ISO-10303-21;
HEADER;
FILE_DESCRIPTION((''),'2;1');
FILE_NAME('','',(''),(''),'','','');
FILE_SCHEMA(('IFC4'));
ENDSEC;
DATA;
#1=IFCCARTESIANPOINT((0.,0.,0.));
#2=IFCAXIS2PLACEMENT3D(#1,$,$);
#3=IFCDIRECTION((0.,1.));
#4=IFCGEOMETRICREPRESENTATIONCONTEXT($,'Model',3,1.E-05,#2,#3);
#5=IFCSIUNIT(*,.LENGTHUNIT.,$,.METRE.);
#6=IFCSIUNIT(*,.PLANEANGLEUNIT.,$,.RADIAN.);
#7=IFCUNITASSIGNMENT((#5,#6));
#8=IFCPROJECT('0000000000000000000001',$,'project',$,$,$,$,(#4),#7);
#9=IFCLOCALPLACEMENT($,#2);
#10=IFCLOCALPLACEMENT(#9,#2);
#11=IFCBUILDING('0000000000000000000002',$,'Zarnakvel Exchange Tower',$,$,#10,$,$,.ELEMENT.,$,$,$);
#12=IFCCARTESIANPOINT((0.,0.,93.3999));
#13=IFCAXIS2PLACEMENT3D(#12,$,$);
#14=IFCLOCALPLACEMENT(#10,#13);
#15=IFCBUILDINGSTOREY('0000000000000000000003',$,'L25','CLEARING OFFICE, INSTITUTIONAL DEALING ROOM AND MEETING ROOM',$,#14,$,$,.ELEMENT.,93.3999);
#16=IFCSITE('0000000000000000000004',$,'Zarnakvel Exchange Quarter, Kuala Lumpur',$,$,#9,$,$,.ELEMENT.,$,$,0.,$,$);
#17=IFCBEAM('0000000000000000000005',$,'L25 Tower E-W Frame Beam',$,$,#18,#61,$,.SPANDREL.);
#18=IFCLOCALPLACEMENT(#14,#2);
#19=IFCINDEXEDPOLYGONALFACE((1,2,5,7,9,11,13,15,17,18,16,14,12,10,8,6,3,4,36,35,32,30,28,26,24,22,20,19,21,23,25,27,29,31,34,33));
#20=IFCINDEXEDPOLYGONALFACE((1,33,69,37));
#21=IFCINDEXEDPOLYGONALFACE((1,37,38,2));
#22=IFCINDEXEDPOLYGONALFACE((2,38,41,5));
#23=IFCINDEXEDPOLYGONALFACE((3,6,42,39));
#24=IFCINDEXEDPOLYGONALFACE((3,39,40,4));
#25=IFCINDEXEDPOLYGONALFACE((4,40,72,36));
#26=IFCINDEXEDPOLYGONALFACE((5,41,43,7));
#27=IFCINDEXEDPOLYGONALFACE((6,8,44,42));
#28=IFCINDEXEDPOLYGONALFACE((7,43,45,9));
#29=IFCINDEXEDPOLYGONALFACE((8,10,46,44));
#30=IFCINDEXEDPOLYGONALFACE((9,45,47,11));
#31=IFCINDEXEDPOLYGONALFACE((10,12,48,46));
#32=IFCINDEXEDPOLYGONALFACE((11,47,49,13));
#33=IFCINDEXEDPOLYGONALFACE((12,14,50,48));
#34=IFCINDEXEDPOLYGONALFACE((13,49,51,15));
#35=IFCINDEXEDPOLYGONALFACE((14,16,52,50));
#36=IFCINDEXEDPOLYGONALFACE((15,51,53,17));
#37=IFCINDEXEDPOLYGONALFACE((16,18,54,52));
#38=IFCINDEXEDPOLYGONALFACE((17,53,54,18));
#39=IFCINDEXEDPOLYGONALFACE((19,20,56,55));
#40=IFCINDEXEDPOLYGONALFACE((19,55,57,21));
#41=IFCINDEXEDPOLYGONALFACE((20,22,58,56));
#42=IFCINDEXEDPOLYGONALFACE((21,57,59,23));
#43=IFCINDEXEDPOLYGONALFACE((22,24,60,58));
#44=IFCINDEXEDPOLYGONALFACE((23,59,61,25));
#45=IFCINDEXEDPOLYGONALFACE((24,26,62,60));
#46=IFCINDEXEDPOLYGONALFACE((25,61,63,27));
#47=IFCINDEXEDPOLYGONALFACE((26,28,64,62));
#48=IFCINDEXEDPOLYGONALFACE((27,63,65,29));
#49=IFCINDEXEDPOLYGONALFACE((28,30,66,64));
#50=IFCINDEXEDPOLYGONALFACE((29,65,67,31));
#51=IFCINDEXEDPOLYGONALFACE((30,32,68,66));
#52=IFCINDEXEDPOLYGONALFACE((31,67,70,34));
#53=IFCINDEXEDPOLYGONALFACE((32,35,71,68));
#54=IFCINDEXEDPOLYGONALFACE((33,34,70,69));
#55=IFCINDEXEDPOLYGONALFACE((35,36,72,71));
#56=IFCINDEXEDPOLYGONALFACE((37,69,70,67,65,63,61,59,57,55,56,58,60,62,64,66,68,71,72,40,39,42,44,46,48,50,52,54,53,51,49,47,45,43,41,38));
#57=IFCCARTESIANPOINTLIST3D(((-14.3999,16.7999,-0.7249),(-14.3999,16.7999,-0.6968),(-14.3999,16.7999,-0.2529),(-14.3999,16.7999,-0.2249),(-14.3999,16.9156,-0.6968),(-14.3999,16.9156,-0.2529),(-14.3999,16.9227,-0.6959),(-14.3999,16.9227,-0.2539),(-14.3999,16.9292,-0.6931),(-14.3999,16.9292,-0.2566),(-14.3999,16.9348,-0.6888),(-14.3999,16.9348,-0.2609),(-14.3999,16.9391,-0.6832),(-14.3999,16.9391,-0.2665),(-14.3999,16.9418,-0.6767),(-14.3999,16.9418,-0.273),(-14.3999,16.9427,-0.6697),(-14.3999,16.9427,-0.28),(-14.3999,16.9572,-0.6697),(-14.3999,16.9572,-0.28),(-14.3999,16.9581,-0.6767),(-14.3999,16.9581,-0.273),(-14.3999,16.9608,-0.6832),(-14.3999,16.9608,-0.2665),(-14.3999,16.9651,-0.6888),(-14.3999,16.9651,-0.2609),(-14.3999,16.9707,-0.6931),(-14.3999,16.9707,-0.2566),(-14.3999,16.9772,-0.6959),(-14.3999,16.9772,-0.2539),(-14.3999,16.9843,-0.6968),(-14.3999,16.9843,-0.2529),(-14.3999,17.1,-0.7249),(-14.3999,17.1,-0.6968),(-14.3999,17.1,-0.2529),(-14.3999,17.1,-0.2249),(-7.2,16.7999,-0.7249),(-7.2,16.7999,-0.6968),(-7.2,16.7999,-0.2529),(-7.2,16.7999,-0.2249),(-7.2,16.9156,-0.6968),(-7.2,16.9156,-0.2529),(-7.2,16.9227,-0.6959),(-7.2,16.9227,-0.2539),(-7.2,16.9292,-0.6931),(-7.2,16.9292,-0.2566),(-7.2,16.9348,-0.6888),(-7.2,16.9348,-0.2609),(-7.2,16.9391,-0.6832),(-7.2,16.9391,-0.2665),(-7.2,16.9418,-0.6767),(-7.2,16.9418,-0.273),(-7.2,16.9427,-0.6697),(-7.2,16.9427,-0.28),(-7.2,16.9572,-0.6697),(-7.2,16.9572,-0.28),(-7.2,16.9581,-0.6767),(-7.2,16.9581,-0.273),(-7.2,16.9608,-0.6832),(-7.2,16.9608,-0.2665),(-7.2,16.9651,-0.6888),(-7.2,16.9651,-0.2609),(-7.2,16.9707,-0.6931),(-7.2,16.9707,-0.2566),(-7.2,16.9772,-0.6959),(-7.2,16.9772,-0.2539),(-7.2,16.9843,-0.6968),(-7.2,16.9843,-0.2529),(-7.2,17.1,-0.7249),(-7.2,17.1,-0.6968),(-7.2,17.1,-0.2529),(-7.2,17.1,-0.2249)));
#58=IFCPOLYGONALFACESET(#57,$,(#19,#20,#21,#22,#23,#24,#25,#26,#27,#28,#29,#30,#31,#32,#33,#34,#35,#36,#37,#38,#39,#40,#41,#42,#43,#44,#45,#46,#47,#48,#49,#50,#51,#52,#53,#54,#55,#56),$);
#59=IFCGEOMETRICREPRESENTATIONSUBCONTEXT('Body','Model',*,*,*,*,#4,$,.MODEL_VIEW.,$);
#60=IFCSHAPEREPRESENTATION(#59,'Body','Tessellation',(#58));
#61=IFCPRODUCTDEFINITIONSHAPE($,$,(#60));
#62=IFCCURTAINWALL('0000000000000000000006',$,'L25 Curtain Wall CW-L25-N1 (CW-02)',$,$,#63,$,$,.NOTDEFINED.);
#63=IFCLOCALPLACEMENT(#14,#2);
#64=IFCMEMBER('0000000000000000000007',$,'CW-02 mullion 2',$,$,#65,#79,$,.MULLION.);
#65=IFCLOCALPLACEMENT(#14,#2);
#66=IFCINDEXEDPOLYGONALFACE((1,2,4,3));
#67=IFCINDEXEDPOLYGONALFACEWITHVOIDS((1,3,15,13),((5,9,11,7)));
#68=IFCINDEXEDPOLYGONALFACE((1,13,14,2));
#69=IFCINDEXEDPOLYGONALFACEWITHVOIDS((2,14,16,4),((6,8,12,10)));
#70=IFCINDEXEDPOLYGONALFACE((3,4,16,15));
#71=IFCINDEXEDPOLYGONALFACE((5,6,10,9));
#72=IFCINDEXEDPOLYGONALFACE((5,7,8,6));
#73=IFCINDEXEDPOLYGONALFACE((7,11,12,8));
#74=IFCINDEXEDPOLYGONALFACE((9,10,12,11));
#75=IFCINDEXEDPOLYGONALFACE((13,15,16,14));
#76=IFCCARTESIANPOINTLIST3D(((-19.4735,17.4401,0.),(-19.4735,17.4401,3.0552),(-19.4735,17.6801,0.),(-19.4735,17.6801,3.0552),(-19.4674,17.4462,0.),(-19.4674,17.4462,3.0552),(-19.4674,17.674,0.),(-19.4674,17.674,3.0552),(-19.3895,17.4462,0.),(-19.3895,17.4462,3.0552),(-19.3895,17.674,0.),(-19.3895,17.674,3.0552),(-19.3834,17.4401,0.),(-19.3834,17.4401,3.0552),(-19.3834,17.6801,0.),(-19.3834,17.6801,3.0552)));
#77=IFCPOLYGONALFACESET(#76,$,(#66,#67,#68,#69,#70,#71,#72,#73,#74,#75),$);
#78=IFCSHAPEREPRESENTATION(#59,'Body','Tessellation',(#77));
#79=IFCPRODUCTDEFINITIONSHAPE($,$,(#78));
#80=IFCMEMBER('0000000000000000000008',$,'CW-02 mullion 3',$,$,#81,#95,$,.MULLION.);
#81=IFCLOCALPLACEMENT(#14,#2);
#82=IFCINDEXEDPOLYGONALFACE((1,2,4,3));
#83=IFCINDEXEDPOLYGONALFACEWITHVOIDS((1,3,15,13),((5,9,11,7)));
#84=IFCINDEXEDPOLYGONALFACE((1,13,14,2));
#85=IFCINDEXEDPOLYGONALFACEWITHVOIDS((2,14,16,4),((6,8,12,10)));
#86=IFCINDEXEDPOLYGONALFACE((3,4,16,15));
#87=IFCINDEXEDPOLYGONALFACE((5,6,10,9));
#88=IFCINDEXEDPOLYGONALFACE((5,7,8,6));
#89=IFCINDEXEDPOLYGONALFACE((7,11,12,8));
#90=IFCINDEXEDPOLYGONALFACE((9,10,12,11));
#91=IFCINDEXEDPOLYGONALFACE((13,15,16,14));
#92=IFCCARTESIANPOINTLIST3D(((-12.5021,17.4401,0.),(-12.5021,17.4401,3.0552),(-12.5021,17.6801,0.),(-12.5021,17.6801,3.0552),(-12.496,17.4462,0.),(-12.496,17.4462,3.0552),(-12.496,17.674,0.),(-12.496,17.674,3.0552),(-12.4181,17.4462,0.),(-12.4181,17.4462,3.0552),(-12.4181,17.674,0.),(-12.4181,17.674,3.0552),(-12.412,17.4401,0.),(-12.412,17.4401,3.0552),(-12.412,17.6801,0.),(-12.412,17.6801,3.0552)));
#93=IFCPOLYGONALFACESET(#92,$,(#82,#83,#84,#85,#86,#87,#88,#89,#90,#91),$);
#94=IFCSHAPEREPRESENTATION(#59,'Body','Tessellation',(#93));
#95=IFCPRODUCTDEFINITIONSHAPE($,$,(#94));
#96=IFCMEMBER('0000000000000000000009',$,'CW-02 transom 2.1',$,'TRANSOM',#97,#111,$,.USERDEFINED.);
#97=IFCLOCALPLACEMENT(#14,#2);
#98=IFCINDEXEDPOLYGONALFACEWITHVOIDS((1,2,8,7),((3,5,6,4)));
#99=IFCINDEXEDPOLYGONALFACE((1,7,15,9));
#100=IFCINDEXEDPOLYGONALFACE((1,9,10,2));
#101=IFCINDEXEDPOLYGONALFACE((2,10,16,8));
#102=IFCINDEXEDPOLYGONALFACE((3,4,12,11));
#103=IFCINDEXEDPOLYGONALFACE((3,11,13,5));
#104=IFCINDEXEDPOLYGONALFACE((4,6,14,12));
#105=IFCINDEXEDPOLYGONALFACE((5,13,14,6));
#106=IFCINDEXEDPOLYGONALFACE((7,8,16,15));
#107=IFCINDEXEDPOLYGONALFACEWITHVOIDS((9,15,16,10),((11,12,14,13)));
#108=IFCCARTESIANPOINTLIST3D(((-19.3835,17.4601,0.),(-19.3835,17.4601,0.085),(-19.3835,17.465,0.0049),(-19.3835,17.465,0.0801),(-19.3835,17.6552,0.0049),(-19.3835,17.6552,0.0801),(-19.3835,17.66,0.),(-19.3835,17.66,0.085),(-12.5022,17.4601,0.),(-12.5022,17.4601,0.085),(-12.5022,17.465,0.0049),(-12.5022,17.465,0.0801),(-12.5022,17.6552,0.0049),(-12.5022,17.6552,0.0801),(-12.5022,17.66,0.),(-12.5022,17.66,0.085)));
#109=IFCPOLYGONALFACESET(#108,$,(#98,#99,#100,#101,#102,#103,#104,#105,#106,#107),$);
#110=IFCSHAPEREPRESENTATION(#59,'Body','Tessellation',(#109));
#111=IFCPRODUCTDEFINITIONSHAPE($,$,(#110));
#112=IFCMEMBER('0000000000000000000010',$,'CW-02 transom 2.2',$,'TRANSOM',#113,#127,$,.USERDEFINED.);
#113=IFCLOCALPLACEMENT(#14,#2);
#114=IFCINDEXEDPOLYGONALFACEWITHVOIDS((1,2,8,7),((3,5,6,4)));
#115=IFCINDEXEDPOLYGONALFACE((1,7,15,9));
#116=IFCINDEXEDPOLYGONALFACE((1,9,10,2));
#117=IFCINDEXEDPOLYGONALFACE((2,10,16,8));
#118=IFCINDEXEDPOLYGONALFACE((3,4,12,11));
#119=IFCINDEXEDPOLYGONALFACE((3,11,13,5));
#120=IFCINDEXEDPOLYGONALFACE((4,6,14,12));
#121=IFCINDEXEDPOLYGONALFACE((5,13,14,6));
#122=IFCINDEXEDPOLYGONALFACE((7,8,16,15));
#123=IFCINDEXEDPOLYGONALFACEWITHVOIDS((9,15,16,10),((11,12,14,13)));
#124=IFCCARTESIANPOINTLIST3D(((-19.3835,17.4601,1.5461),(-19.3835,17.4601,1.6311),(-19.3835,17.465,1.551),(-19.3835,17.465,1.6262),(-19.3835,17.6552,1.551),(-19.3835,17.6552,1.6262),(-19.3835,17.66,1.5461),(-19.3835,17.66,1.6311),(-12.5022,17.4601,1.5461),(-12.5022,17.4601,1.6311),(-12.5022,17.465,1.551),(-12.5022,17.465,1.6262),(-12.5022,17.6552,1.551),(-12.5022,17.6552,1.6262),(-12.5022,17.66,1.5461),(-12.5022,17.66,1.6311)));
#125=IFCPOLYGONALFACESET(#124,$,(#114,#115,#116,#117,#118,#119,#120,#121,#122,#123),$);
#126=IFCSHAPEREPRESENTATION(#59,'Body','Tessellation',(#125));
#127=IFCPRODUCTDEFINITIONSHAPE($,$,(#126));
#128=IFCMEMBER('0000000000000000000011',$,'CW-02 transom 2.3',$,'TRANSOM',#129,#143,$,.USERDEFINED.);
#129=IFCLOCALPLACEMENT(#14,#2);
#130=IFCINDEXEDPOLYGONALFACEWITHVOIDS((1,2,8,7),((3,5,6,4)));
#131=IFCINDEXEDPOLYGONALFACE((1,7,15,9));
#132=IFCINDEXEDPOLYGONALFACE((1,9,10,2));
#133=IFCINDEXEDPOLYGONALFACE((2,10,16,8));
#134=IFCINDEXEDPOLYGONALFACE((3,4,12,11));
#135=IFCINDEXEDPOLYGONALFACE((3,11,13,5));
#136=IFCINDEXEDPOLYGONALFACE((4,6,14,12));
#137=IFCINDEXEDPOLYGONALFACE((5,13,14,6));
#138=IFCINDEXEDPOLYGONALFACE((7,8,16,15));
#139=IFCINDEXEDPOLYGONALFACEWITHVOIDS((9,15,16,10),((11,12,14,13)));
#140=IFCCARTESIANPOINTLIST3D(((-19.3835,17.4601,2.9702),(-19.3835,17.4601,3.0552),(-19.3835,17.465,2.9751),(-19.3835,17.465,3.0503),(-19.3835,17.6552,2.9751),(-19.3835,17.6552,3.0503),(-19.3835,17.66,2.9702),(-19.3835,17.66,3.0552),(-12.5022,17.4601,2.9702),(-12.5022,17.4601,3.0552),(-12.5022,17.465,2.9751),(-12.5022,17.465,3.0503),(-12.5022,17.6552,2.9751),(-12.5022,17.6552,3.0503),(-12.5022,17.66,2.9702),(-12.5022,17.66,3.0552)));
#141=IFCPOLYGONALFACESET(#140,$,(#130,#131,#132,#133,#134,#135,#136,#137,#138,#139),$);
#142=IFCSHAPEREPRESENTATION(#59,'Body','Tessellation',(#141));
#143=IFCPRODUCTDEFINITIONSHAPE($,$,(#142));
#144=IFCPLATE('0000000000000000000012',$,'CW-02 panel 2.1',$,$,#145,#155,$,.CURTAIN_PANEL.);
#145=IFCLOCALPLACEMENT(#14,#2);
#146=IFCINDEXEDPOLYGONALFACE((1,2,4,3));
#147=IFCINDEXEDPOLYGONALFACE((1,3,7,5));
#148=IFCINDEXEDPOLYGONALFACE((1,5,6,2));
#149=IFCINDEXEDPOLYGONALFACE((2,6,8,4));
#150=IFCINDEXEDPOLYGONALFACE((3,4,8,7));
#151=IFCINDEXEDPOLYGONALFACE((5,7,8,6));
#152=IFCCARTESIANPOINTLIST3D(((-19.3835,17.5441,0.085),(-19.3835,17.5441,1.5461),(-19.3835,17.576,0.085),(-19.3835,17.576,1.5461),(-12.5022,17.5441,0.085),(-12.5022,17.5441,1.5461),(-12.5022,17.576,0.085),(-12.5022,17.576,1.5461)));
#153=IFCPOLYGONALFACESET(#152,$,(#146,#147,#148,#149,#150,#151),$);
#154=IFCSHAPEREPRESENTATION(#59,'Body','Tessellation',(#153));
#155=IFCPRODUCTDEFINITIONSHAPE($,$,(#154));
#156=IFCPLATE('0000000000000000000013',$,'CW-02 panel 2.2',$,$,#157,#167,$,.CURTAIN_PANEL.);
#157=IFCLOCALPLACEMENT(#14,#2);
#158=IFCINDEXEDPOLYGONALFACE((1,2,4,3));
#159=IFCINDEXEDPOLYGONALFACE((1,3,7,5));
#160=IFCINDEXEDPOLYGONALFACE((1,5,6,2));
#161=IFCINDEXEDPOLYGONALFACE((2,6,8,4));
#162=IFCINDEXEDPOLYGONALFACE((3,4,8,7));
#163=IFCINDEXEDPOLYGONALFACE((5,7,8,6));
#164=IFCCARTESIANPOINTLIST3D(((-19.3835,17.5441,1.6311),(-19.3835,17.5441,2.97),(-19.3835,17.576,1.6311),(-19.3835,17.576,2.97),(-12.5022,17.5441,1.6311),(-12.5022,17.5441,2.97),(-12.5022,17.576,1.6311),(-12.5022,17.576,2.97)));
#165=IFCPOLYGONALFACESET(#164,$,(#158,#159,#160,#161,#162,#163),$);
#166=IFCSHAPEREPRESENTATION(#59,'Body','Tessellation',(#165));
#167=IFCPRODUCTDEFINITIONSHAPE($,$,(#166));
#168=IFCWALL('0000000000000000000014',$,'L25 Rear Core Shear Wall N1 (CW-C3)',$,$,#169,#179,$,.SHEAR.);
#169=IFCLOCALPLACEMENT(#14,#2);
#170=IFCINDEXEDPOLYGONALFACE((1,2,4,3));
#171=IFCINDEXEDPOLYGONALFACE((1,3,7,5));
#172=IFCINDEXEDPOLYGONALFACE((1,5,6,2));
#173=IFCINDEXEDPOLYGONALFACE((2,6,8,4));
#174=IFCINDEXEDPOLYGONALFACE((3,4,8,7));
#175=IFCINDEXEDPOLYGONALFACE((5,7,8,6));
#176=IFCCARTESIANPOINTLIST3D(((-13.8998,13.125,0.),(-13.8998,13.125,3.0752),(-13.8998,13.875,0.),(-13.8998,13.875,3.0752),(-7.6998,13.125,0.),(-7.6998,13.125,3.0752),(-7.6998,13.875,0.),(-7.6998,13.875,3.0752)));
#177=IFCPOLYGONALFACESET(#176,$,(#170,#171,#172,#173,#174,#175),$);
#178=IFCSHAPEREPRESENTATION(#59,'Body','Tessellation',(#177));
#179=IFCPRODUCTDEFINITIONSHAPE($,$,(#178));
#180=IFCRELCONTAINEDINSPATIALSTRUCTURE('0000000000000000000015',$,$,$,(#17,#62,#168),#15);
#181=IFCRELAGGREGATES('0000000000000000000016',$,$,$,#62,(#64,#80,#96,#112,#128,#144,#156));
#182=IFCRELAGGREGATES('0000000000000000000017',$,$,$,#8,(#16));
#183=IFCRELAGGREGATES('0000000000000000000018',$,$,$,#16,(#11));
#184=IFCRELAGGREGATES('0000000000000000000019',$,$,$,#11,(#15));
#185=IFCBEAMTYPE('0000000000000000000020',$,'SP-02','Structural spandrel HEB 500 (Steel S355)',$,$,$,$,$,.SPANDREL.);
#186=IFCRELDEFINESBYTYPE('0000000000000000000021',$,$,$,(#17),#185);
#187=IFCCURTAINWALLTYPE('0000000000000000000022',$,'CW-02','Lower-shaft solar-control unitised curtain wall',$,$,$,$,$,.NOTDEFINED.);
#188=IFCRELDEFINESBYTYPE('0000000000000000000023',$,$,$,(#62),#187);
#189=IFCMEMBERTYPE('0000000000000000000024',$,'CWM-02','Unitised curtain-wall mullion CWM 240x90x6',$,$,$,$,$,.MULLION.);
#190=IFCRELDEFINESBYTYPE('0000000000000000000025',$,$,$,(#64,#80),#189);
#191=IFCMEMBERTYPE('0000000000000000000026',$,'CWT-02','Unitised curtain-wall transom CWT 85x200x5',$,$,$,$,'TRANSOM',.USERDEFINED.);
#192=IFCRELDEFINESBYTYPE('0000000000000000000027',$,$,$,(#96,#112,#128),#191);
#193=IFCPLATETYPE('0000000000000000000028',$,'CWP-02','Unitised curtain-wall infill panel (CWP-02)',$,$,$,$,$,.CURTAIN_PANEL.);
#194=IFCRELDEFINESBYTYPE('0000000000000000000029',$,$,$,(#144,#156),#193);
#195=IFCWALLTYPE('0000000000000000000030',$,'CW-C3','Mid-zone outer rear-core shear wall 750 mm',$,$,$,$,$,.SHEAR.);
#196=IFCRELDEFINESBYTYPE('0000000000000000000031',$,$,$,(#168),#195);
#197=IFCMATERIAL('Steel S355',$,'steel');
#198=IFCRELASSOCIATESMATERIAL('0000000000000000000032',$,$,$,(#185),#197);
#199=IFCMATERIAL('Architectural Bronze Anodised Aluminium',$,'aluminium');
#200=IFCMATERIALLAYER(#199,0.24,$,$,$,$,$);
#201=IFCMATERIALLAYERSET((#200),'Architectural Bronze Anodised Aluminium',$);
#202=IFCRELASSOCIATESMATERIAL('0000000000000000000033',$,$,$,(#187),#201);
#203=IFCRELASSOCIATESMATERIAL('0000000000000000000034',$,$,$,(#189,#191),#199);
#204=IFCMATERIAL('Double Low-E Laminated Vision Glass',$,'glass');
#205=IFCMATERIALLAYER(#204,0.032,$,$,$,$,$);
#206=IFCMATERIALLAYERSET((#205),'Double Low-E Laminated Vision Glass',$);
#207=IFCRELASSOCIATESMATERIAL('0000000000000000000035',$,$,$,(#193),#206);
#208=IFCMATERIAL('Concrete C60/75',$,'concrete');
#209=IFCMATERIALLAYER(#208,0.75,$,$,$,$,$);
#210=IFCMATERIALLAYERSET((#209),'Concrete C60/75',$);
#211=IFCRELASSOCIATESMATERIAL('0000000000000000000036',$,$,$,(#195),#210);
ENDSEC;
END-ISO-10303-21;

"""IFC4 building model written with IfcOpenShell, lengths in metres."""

from ifc_helpers import new_model, si_unit, direction, frame, frame_2d, origin, origin_2d, place, context, subcontext, project, spatial, rectangle, hollow_rectangle, i_section, extrude, source, transform, mapped, material, layer, layer_set, material_profile, profile_set, type_object, element, aggregate, save


model = new_model("IFC4")

# Units and contexts
model_context = context("Model", 3, precision=1e-05, world=origin(), true_north=direction((0.0, 1.0)))
body_context = subcontext(model_context, "Body", "Model", "MODEL_VIEW")
ifc_project = project(units=[si_unit("LENGTHUNIT", "METRE"), si_unit("PLANEANGLEUNIT", "RADIAN")], contexts=[model_context])

# Site, building, storey
site_placement = place(None, origin())
site = spatial("IfcSite", under=ifc_project, at=site_placement, Name="Zarnakvel Exchange Quarter, Kuala Lumpur", CompositionType="ELEMENT", RefElevation=0.0)
building_placement = place(site_placement, origin())
building = spatial("IfcBuilding", under=site, at=building_placement, Name="Zarnakvel Exchange Tower", CompositionType="ELEMENT")
storey_placement = place(building_placement, frame((0.0, 0.0, 93.3999)))
storey = spatial("IfcBuildingStorey", under=building, at=storey_placement, Name="L25", Description="CLEARING OFFICE, INSTITUTIONAL DEALING ROOM AND MEETING ROOM", CompositionType="ELEMENT", Elevation=93.3999)

# Shared definitions
ifc_material_1 = material(Name="Concrete C60/75", Category="concrete")

# Beam
ifc_material_2 = material(Name="Steel S355", Category="steel")
ifc_material_profile_1 = material_profile(ifc_material_2, i_section(OverallWidth=0.3, OverallDepth=0.5, WebThickness=0.0144, FlangeThickness=0.0281, FilletRadius=0.0271, at=origin_2d()))
ifc_profile_set_1 = profile_set([ifc_material_profile_1], Name="Steel S355")
beam_type_1 = type_object("IfcBeamType", Name="SP-02", Description="Structural spandrel HEB 500 (Steel S355)", PredefinedType="SPANDREL", material=ifc_profile_set_1)
beam_1_placement = place(storey_placement, frame((-14.3999, 16.95, -0.4749), z_axis=(1.0, 0.0, 0.0), x_axis=(0.0, 1.0, 0.0)))
element("IfcBeam", 1, at=beam_1_placement, inside=storey, type_object=beam_type_1, Name="L25 Tower E-W Frame Beam", PredefinedType="SPANDREL", context=body_context, shape_type="SweptSolid", body=[
    extrude(i_section(OverallWidth=0.3, OverallDepth=0.5, WebThickness=0.0144, FlangeThickness=0.0281, FilletRadius=0.0271, at=origin_2d()), origin(), (0.0, 0.0, 1.0), 7.2),
])

# Curtain wall, members, plates
ifc_material_3 = material(Name="Architectural Bronze Anodised Aluminium", Category="aluminium")
ifc_layer_1 = layer(ifc_material_3, 0.24)
ifc_layer_set_1 = layer_set([ifc_layer_1], Name="Architectural Bronze Anodised Aluminium")
curtain_wall_type = type_object("IfcCurtainWallType", Name="CW-02", Description="Lower-shaft solar-control unitised curtain wall", PredefinedType="NOTDEFINED", material=ifc_layer_set_1)
curtain_wall_placement = place(storey_placement, origin())
curtain_wall = element("IfcCurtainWall", 2, at=curtain_wall_placement, inside=storey, type_object=curtain_wall_type, Name="L25 Curtain Wall CW-L25-N1 (CW-02)", PredefinedType="NOTDEFINED")
ifc_material_profile_2 = material_profile(ifc_material_3, hollow_rectangle(XDim=0.24, YDim=0.0901, WallThickness=0.0061, at=origin_2d()))
ifc_profile_set_2 = profile_set([ifc_material_profile_2], Name="Architectural Bronze Anodised Aluminium")
member_type_1 = type_object("IfcMemberType", Name="CWM-02", Description="Unitised curtain-wall mullion CWM 240x90x6", PredefinedType="MULLION", material=ifc_profile_set_2)
shared_shape_1 = source(origin(), body_context, "Body", "SweptSolid", [
    extrude(hollow_rectangle(XDim=0.24, YDim=0.0901, WallThickness=0.0061, at=origin_2d()), origin(), (0.0, 0.0, 1.0), 3.0552),
])
member_1_placement = place(storey_placement, frame((-19.4285, 17.5601, 0.0), z_axis=(0.0, 0.0, 1.0), x_axis=(0.0, 1.0, 0.0)))
member_1 = element("IfcMember", 3, at=member_1_placement, type_object=member_type_1, Name="CW-02 mullion 2", PredefinedType="MULLION", context=body_context, shape_type="MappedRepresentation", body=[
    mapped(shared_shape_1, transform((0.0, 0.0, 0.0), x_axis=(1.0, 0.0, 0.0), y_axis=(0.0, 1.0, 0.0), z_axis=(0.0, 0.0, 1.0), scale=1.0)),
])
member_2_placement = place(storey_placement, frame((-12.457, 17.5601, 0.0), z_axis=(0.0, 0.0, 1.0), x_axis=(0.0, 1.0, 0.0)))
member_2 = element("IfcMember", 4, at=member_2_placement, type_object=member_type_1, Name="CW-02 mullion 3", PredefinedType="MULLION", context=body_context, shape_type="MappedRepresentation", body=[
    mapped(shared_shape_1, transform((0.0, 0.0, 0.0), x_axis=(1.0, 0.0, 0.0), y_axis=(0.0, 1.0, 0.0), z_axis=(0.0, 0.0, 1.0), scale=1.0)),
])
ifc_material_profile_3 = material_profile(ifc_material_3, hollow_rectangle(XDim=0.2, YDim=0.085, WallThickness=0.0049, at=origin_2d()))
ifc_profile_set_3 = profile_set([ifc_material_profile_3], Name="Architectural Bronze Anodised Aluminium")
member_type_2 = type_object("IfcMemberType", Name="CWT-02", Description="Unitised curtain-wall transom CWT 85x200x5", ElementType="TRANSOM", PredefinedType="USERDEFINED", material=ifc_profile_set_3)
shared_shape_2 = source(origin(), body_context, "Body", "SweptSolid", [
    extrude(hollow_rectangle(XDim=0.2, YDim=0.085, WallThickness=0.0049, at=origin_2d()), origin(), (0.0, 0.0, 1.0), 6.8813),
])
member_3_placement = place(storey_placement, frame((-19.3835, 17.5601, 0.0425), z_axis=(1.0, 0.0, 0.0), x_axis=(0.0, 1.0, 0.0)))
member_3 = element("IfcMember", 5, at=member_3_placement, type_object=member_type_2, Name="CW-02 transom 2.1", ObjectType="TRANSOM", PredefinedType="USERDEFINED", context=body_context, shape_type="MappedRepresentation", body=[
    mapped(shared_shape_2, transform((0.0, 0.0, 0.0), x_axis=(1.0, 0.0, 0.0), y_axis=(0.0, 1.0, 0.0), z_axis=(0.0, 0.0, 1.0), scale=1.0)),
])
member_4_placement = place(storey_placement, frame((-19.3835, 17.5601, 1.5886), z_axis=(1.0, 0.0, 0.0), x_axis=(0.0, 1.0, 0.0)))
member_4 = element("IfcMember", 6, at=member_4_placement, type_object=member_type_2, Name="CW-02 transom 2.2", ObjectType="TRANSOM", PredefinedType="USERDEFINED", context=body_context, shape_type="MappedRepresentation", body=[
    mapped(shared_shape_2, transform((0.0, 0.0, 0.0), x_axis=(1.0, 0.0, 0.0), y_axis=(0.0, 1.0, 0.0), z_axis=(0.0, 0.0, 1.0), scale=1.0)),
])
member_5_placement = place(storey_placement, frame((-19.3835, 17.5601, 3.0127), z_axis=(1.0, 0.0, 0.0), x_axis=(0.0, 1.0, 0.0)))
member_5 = element("IfcMember", 7, at=member_5_placement, type_object=member_type_2, Name="CW-02 transom 2.3", ObjectType="TRANSOM", PredefinedType="USERDEFINED", context=body_context, shape_type="MappedRepresentation", body=[
    mapped(shared_shape_2, transform((0.0, 0.0, 0.0), x_axis=(1.0, 0.0, 0.0), y_axis=(0.0, 1.0, 0.0), z_axis=(0.0, 0.0, 1.0), scale=1.0)),
])
ifc_material_4 = material(Name="Double Low-E Laminated Vision Glass", Category="glass")
ifc_layer_2 = layer(ifc_material_4, 0.032)
ifc_layer_set_2 = layer_set([ifc_layer_2], Name="Double Low-E Laminated Vision Glass")
plate_type = type_object("IfcPlateType", Name="CWP-02", Description="Unitised curtain-wall infill panel (CWP-02)", PredefinedType="CURTAIN_PANEL", material=ifc_layer_set_2)
shared_shape_3 = source(origin(), body_context, "Body", "SweptSolid", [
    extrude(rectangle(XDim=6.8813, YDim=0.032, at=origin_2d()), origin(), (0.0, 0.0, 1.0), 1.4612),
])
plate_1_placement = place(storey_placement, frame((-15.9429, 17.5601, 0.085), z_axis=(0.0, 0.0, 1.0), x_axis=(1.0, 0.0, 0.0)))
plate_1 = element("IfcPlate", 8, at=plate_1_placement, type_object=plate_type, Name="CW-02 panel 2.1", PredefinedType="CURTAIN_PANEL", context=body_context, shape_type="MappedRepresentation", body=[
    mapped(shared_shape_3, transform((0.0, 0.0, 0.0), x_axis=(1.0, 0.0, 0.0), y_axis=(0.0, 1.0, 0.0), z_axis=(0.0, 0.0, 1.0), scale=1.0)),
])
shared_shape_4 = source(origin(), body_context, "Body", "SweptSolid", [
    extrude(rectangle(XDim=6.8813, YDim=0.032, at=origin_2d()), origin(), (0.0, 0.0, 1.0), 1.3389),
])
plate_2_placement = place(storey_placement, frame((-15.9429, 17.5601, 1.6311), z_axis=(0.0, 0.0, 1.0), x_axis=(1.0, 0.0, 0.0)))
plate_2 = element("IfcPlate", 9, at=plate_2_placement, type_object=plate_type, Name="CW-02 panel 2.2", PredefinedType="CURTAIN_PANEL", context=body_context, shape_type="MappedRepresentation", body=[
    mapped(shared_shape_4, transform((0.0, 0.0, 0.0), x_axis=(1.0, 0.0, 0.0), y_axis=(0.0, 1.0, 0.0), z_axis=(0.0, 0.0, 1.0), scale=1.0)),
])
aggregate(curtain_wall, [member_1, member_2, member_3, member_4, member_5, plate_1, plate_2])

# Wall
ifc_layer_3 = layer(ifc_material_1, 0.75)
ifc_layer_set_3 = layer_set([ifc_layer_3], Name="Concrete C60/75")
wall_type_1 = type_object("IfcWallType", Name="CW-C3", Description="Mid-zone outer rear-core shear wall 750 mm", PredefinedType="SHEAR", material=ifc_layer_set_3)
wall_1_placement = place(storey_placement, frame((-13.8999, 13.5, 0.0), z_axis=(0.0, 0.0, 1.0), x_axis=(1.0, 0.0, 0.0)))
element("IfcWall", 10, at=wall_1_placement, inside=storey, type_object=wall_type_1, Name="L25 Rear Core Shear Wall N1 (CW-C3)", PredefinedType="SHEAR", context=body_context, shape_type="SweptSolid", body=[
    extrude(rectangle(XDim=6.2, YDim=0.75, at=frame_2d((3.1001, 0.0))), origin(), (0.0, 0.0, 1.0), 3.0752),
])

save(model, "model.ifc")
